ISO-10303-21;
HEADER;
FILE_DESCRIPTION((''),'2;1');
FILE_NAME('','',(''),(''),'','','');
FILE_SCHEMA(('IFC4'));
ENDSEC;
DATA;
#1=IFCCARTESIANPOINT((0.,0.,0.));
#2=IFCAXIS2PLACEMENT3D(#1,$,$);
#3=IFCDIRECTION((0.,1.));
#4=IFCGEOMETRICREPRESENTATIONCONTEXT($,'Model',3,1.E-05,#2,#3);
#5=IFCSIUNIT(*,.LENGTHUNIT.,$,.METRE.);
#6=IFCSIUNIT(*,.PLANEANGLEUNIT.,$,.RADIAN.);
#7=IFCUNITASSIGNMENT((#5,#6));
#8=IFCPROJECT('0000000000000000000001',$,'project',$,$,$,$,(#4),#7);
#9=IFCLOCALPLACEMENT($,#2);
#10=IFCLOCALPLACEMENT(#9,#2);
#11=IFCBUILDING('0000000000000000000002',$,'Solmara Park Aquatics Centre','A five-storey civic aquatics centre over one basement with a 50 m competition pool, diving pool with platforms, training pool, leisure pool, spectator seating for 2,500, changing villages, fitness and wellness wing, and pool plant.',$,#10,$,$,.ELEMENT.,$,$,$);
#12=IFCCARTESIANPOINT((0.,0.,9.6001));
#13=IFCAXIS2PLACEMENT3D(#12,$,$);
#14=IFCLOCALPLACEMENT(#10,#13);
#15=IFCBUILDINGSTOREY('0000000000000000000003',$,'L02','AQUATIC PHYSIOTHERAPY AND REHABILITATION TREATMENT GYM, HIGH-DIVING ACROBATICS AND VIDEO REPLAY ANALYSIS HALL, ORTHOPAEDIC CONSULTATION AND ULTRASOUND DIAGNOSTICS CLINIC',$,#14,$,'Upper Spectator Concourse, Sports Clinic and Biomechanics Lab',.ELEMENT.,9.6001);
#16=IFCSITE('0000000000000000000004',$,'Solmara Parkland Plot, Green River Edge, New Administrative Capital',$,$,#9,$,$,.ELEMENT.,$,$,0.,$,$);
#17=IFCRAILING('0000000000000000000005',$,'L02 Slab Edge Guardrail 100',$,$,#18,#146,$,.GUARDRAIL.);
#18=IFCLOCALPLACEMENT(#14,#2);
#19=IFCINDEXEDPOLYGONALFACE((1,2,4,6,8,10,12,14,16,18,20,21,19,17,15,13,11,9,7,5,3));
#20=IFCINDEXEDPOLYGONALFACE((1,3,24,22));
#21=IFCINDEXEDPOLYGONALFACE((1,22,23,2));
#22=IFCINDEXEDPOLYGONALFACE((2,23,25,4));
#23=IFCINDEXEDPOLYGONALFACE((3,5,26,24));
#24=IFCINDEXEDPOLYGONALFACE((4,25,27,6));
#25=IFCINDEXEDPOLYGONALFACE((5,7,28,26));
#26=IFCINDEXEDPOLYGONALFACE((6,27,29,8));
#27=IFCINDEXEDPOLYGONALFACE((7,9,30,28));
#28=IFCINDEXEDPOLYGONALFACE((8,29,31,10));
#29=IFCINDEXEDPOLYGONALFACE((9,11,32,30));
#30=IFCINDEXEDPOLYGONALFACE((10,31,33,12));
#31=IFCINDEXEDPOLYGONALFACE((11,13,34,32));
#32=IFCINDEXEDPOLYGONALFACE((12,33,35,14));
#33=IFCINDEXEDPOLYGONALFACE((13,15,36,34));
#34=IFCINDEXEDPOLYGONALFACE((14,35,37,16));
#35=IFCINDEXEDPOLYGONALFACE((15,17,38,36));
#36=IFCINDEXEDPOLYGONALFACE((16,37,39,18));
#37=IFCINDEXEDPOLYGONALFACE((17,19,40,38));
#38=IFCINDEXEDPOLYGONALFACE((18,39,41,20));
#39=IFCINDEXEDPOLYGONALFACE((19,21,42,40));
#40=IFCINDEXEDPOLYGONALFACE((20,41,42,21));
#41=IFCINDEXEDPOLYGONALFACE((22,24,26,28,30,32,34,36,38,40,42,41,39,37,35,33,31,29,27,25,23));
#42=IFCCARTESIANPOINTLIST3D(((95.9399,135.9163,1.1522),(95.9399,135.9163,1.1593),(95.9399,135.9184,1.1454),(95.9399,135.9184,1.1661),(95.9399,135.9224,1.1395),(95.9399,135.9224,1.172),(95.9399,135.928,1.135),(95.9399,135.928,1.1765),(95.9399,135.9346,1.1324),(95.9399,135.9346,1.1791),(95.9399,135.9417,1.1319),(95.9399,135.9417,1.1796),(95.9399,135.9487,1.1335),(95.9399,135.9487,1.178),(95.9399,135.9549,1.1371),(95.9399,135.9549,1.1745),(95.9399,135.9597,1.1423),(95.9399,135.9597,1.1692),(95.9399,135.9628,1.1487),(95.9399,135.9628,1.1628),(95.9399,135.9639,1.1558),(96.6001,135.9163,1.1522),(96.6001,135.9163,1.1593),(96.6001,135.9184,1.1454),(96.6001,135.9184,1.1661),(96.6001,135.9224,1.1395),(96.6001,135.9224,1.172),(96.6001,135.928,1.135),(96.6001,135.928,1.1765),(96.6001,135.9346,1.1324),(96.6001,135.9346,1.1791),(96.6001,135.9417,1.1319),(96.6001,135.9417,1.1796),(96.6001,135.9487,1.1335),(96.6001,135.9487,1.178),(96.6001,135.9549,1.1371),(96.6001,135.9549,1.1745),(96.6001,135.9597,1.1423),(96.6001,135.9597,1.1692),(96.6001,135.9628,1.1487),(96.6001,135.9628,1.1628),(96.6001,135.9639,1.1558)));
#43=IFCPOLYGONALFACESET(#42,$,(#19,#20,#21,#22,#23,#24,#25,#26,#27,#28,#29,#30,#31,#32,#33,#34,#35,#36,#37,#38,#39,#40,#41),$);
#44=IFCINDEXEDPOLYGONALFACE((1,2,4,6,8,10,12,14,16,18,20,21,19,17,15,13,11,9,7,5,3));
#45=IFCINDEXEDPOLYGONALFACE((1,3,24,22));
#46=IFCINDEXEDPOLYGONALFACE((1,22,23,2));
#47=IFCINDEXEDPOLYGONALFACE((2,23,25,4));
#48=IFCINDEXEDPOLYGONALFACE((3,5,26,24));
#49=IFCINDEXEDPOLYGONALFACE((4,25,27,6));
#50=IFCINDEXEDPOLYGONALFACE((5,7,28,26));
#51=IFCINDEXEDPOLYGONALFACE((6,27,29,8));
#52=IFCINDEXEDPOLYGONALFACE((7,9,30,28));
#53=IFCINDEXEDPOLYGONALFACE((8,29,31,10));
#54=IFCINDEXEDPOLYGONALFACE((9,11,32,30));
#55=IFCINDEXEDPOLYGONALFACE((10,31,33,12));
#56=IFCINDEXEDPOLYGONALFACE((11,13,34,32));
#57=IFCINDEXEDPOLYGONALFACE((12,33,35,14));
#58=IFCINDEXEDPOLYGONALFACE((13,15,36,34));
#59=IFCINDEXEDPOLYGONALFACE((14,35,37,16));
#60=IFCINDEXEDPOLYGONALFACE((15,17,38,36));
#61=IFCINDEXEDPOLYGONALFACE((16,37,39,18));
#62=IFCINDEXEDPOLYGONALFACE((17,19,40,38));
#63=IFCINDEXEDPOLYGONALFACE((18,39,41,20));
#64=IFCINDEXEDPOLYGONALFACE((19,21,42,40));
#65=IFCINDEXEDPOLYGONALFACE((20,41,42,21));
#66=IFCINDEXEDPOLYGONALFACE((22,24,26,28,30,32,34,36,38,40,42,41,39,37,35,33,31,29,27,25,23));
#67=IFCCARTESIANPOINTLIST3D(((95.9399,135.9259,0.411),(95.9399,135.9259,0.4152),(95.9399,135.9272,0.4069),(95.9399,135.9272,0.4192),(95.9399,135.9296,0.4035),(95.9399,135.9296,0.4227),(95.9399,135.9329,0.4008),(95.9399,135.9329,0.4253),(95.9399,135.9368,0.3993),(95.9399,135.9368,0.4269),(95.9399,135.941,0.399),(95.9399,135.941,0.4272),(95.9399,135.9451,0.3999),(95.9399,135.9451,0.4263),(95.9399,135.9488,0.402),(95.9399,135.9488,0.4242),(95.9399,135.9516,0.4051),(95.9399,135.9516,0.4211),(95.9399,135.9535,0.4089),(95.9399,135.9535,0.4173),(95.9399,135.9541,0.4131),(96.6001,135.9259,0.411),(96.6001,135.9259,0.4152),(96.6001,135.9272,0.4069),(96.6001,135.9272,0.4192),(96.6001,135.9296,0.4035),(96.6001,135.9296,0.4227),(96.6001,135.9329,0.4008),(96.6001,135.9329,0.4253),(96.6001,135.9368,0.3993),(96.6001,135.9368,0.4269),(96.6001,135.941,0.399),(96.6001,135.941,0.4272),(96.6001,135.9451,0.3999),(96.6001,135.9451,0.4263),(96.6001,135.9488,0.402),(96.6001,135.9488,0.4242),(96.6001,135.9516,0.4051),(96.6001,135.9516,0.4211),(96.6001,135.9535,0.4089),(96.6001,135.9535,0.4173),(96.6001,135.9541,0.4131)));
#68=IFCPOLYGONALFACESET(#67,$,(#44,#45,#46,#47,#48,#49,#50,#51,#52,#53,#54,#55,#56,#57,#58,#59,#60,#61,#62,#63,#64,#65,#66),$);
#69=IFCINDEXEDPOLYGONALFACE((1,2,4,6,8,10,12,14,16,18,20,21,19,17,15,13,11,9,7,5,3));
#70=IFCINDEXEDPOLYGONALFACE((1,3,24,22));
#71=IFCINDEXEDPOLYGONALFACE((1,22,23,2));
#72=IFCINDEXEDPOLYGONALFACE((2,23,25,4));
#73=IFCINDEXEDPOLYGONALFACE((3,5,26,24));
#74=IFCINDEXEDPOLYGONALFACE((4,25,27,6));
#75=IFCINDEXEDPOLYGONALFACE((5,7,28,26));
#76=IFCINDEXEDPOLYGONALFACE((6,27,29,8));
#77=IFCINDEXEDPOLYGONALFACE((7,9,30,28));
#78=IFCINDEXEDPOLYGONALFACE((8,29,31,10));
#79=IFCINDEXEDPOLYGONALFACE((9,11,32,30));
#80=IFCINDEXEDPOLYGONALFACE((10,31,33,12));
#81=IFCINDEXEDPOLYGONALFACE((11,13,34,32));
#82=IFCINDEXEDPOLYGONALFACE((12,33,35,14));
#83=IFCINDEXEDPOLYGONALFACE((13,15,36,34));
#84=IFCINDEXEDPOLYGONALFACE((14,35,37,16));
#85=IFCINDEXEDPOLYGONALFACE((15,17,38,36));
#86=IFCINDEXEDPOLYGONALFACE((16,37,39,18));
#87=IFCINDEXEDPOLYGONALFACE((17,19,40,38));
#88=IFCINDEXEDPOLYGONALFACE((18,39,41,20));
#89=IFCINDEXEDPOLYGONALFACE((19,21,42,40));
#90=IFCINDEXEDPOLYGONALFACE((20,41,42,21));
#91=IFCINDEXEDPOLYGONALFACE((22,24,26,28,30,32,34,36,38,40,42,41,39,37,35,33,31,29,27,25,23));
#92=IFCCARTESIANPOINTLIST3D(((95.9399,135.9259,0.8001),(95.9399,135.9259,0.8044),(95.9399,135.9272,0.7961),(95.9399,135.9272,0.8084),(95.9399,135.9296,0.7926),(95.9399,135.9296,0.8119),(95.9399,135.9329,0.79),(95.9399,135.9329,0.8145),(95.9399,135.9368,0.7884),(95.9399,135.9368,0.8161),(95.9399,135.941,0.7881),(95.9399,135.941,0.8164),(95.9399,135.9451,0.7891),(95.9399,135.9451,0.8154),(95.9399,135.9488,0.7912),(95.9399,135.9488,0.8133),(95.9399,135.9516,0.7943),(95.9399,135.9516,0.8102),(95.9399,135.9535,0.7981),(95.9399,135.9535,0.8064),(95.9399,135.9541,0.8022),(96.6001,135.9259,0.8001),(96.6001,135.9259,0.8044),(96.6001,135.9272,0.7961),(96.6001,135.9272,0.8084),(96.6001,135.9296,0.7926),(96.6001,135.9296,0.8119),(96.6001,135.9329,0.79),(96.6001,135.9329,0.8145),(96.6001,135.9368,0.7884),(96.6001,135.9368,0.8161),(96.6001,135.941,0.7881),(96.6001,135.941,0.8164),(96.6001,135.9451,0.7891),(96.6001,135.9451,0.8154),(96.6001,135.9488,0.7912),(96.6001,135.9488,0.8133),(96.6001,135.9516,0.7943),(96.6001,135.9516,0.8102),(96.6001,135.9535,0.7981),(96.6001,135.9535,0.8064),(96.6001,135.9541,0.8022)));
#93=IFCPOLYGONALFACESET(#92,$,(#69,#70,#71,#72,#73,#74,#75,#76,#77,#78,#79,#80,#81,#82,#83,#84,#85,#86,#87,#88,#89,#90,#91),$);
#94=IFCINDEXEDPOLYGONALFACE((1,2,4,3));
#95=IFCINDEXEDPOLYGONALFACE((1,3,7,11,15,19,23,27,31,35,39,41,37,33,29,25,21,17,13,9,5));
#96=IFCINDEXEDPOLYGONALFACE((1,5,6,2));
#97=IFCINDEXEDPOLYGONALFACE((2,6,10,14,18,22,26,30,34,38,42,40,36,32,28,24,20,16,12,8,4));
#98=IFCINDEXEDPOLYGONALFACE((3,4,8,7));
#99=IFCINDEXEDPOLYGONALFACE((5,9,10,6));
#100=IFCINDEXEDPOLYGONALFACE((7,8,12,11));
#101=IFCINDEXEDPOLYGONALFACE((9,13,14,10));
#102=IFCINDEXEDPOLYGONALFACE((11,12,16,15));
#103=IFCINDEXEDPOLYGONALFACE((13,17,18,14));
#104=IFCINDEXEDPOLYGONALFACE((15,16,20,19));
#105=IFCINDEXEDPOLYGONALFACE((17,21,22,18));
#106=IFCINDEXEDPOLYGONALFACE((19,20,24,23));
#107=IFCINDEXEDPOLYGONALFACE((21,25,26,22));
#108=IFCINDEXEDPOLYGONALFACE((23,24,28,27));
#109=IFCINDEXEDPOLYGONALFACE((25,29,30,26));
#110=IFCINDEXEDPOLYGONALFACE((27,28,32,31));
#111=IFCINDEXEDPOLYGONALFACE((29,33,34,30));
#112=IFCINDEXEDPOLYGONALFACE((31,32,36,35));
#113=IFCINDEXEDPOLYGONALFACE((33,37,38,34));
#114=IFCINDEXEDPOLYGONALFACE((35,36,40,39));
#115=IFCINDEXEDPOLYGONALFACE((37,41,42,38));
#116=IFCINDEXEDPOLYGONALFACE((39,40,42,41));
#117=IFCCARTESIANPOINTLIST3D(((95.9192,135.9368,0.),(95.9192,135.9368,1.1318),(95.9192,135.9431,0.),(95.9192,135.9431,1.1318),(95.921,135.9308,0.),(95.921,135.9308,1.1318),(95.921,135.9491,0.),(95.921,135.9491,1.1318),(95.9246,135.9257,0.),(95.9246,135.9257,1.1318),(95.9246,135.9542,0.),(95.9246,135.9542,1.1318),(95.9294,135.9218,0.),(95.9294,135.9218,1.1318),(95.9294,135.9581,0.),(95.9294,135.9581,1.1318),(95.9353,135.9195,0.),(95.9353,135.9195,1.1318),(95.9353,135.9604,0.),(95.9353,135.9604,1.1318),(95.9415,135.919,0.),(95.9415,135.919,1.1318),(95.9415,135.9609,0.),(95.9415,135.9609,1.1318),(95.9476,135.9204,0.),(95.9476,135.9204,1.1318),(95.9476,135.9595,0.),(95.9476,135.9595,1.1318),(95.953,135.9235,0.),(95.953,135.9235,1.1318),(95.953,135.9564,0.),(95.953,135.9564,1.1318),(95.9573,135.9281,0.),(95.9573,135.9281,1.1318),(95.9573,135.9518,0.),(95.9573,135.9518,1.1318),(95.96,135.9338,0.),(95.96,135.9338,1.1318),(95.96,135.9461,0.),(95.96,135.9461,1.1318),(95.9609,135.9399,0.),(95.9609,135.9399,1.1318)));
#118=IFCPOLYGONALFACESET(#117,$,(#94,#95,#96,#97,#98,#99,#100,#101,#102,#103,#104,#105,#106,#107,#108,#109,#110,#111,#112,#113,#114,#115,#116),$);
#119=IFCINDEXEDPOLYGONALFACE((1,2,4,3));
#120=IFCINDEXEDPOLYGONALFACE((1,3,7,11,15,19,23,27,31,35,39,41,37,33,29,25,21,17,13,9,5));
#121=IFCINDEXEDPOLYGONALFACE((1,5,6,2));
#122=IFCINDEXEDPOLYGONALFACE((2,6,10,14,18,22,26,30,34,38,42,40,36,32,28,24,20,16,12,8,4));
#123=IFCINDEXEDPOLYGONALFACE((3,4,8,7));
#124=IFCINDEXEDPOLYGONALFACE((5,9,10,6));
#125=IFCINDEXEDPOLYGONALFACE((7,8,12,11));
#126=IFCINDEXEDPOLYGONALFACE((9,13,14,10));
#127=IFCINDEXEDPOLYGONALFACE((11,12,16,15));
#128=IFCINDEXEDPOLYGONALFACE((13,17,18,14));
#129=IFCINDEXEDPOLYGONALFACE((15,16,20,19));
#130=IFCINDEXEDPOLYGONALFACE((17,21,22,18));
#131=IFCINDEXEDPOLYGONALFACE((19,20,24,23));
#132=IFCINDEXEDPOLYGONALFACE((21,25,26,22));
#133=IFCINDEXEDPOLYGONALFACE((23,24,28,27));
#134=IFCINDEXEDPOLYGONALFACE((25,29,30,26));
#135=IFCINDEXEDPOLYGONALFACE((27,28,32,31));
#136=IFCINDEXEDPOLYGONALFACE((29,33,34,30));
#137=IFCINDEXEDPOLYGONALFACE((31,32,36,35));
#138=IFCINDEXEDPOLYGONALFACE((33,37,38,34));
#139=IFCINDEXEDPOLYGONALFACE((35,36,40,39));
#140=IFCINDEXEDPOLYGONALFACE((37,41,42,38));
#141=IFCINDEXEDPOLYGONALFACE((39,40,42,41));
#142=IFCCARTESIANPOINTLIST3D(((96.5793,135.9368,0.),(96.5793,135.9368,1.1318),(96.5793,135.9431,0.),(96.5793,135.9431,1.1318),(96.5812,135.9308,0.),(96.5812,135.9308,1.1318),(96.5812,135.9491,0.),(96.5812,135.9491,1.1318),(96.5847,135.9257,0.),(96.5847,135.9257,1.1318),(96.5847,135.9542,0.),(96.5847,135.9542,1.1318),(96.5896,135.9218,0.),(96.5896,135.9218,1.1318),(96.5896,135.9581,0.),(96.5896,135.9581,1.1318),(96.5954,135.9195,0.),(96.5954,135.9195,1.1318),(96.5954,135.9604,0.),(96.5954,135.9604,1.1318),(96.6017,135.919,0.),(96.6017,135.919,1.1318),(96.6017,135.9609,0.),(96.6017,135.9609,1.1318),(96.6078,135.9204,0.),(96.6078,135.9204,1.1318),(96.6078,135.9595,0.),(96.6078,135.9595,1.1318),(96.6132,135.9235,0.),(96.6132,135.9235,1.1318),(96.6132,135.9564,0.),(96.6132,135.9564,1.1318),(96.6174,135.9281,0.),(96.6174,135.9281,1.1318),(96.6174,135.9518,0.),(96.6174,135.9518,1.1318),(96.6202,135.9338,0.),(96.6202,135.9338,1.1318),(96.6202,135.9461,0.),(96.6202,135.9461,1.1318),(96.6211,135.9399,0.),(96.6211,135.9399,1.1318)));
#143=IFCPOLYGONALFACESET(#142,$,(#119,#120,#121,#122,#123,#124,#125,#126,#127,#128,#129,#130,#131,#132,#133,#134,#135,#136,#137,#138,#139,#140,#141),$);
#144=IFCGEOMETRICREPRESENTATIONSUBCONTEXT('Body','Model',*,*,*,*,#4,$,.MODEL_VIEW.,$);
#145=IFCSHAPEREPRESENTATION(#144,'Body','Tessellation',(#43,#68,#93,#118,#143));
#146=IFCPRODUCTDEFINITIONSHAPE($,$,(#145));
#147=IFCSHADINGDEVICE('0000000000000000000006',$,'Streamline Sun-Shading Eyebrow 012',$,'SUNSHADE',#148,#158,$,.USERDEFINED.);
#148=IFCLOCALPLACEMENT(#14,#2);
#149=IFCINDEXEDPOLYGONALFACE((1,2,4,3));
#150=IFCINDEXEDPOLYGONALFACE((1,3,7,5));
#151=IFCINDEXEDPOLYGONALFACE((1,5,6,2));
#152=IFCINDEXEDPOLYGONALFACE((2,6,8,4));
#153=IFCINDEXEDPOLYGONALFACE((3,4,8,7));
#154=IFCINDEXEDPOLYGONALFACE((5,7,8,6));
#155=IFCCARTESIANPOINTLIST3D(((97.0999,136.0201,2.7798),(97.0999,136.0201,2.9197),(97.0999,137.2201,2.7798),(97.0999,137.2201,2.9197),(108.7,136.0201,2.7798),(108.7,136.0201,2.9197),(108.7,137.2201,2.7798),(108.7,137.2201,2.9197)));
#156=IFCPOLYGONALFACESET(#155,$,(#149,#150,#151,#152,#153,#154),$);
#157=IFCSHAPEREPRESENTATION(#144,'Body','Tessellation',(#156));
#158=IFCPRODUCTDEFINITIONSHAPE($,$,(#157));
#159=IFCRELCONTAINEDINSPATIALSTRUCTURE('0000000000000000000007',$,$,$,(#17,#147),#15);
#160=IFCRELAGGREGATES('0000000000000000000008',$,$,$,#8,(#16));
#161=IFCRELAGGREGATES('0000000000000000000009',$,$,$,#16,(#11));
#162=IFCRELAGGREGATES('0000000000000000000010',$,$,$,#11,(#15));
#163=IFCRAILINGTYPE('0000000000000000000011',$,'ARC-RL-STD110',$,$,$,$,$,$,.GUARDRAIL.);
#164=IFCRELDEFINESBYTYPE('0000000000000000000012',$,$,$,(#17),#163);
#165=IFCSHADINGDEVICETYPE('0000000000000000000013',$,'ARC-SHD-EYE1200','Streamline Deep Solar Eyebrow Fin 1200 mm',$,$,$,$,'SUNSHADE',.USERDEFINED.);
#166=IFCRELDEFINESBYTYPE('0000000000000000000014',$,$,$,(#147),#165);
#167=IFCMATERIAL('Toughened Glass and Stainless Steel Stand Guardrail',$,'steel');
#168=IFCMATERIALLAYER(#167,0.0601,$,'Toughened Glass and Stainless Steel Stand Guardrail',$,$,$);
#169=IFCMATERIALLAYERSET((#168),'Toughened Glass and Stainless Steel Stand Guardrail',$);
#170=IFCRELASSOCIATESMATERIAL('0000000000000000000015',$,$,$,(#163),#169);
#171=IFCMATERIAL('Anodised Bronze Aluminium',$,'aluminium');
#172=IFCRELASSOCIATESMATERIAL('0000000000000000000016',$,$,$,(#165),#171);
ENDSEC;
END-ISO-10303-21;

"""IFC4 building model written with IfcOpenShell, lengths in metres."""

from ifc_helpers import new_model, si_unit, direction, frame, origin, origin_2d, place, context, subcontext, project, spatial, rectangle, circle, extrude, material, layer, layer_set, type_object, element, save


model = new_model("IFC4")

# Units and contexts
model_context = context("Model", 3, precision=1e-05, world=origin(), true_north=direction((0.0, 1.0)))
body_context = subcontext(model_context, "Body", "Model", "MODEL_VIEW")
ifc_project = project(units=[si_unit("LENGTHUNIT", "METRE"), si_unit("PLANEANGLEUNIT", "RADIAN")], contexts=[model_context])

# Site, building, storey
site_placement = place(None, origin())
site = spatial("IfcSite", under=ifc_project, at=site_placement, Name="Solmara Parkland Plot, Green River Edge, New Administrative Capital", CompositionType="ELEMENT", RefElevation=0.0)
building_placement = place(site_placement, origin())
building = spatial("IfcBuilding", under=site, at=building_placement, Name="Solmara Park Aquatics Centre", Description="A five-storey civic aquatics centre over one basement with a 50 m competition pool, diving pool with platforms, training pool, leisure pool, spectator seating for 2,500, changing villages, fitness and wellness wing, and pool plant.", CompositionType="ELEMENT")
storey_placement = place(building_placement, frame((0.0, 0.0, 9.6001)))
storey = spatial("IfcBuildingStorey", under=building, at=storey_placement, Name="L02", Description="AQUATIC PHYSIOTHERAPY AND REHABILITATION TREATMENT GYM, HIGH-DIVING ACROBATICS AND VIDEO REPLAY ANALYSIS HALL, ORTHOPAEDIC CONSULTATION AND ULTRASOUND DIAGNOSTICS CLINIC", LongName="Upper Spectator Concourse, Sports Clinic and Biomechanics Lab", CompositionType="ELEMENT", Elevation=9.6001)

# Railing
ifc_material_1 = material(Name="Toughened Glass and Stainless Steel Stand Guardrail", Category="steel")
ifc_layer_1 = layer(ifc_material_1, 0.0601, Name="Toughened Glass and Stainless Steel Stand Guardrail")
ifc_layer_set_1 = layer_set([ifc_layer_1], Name="Toughened Glass and Stainless Steel Stand Guardrail")
railing_type = type_object("IfcRailingType", Name="ARC-RL-STD110", PredefinedType="GUARDRAIL", material=ifc_layer_set_1)
railing_1_placement = place(storey_placement, frame((95.9399, 135.9399, 0.0)))
element("IfcRailing", 1, at=railing_1_placement, inside=storey, type_object=railing_type, Name="L02 Slab Edge Guardrail 100", PredefinedType="GUARDRAIL", context=body_context, shape_type="SweptSolid", body=[
    extrude(circle(Radius=0.0239, at=origin_2d()), frame((0.0, 0.0, 1.1558), z_axis=(1.0, 0.0, 0.0), x_axis=(0.0, 1.0, 0.0)), (0.0, 0.0, 1.0), 0.6602),
    extrude(circle(Radius=0.0142, at=origin_2d()), frame((0.0, 0.0, 0.4131), z_axis=(1.0, 0.0, 0.0), x_axis=(0.0, 1.0, 0.0)), (0.0, 0.0, 1.0), 0.6602),
    extrude(circle(Radius=0.0142, at=origin_2d()), frame((0.0, 0.0, 0.8022), z_axis=(1.0, 0.0, 0.0), x_axis=(0.0, 1.0, 0.0)), (0.0, 0.0, 1.0), 0.6602),
    extrude(circle(Radius=0.021, at=origin_2d()), origin(), (0.0, 0.0, 1.0), 1.1318),
    extrude(circle(Radius=0.021, at=origin_2d()), frame((0.6602, 0.0, 0.0)), (0.0, 0.0, 1.0), 1.1318),
])

# Shading device
ifc_material_2 = material(Name="Anodised Bronze Aluminium", Category="aluminium")
shading_device_type = type_object("IfcShadingDeviceType", Name="ARC-SHD-EYE1200", Description="Streamline Deep Solar Eyebrow Fin 1200 mm", ElementType="SUNSHADE", PredefinedType="USERDEFINED", material=ifc_material_2)
shading_device_placement = place(storey_placement, frame((102.8999, 136.6201, 2.7798), z_axis=(0.0, 0.0, 1.0), x_axis=(1.0, 0.0, 0.0)))
element("IfcShadingDevice", 2, at=shading_device_placement, inside=storey, type_object=shading_device_type, Name="Streamline Sun-Shading Eyebrow 012", ObjectType="SUNSHADE", PredefinedType="USERDEFINED", context=body_context, shape_type="SweptSolid", body=[
    extrude(rectangle(XDim=11.6001, YDim=1.2, at=origin_2d()), origin(), (0.0, 0.0, 1.0), 0.1399),
])

save(model, "model.ifc")
